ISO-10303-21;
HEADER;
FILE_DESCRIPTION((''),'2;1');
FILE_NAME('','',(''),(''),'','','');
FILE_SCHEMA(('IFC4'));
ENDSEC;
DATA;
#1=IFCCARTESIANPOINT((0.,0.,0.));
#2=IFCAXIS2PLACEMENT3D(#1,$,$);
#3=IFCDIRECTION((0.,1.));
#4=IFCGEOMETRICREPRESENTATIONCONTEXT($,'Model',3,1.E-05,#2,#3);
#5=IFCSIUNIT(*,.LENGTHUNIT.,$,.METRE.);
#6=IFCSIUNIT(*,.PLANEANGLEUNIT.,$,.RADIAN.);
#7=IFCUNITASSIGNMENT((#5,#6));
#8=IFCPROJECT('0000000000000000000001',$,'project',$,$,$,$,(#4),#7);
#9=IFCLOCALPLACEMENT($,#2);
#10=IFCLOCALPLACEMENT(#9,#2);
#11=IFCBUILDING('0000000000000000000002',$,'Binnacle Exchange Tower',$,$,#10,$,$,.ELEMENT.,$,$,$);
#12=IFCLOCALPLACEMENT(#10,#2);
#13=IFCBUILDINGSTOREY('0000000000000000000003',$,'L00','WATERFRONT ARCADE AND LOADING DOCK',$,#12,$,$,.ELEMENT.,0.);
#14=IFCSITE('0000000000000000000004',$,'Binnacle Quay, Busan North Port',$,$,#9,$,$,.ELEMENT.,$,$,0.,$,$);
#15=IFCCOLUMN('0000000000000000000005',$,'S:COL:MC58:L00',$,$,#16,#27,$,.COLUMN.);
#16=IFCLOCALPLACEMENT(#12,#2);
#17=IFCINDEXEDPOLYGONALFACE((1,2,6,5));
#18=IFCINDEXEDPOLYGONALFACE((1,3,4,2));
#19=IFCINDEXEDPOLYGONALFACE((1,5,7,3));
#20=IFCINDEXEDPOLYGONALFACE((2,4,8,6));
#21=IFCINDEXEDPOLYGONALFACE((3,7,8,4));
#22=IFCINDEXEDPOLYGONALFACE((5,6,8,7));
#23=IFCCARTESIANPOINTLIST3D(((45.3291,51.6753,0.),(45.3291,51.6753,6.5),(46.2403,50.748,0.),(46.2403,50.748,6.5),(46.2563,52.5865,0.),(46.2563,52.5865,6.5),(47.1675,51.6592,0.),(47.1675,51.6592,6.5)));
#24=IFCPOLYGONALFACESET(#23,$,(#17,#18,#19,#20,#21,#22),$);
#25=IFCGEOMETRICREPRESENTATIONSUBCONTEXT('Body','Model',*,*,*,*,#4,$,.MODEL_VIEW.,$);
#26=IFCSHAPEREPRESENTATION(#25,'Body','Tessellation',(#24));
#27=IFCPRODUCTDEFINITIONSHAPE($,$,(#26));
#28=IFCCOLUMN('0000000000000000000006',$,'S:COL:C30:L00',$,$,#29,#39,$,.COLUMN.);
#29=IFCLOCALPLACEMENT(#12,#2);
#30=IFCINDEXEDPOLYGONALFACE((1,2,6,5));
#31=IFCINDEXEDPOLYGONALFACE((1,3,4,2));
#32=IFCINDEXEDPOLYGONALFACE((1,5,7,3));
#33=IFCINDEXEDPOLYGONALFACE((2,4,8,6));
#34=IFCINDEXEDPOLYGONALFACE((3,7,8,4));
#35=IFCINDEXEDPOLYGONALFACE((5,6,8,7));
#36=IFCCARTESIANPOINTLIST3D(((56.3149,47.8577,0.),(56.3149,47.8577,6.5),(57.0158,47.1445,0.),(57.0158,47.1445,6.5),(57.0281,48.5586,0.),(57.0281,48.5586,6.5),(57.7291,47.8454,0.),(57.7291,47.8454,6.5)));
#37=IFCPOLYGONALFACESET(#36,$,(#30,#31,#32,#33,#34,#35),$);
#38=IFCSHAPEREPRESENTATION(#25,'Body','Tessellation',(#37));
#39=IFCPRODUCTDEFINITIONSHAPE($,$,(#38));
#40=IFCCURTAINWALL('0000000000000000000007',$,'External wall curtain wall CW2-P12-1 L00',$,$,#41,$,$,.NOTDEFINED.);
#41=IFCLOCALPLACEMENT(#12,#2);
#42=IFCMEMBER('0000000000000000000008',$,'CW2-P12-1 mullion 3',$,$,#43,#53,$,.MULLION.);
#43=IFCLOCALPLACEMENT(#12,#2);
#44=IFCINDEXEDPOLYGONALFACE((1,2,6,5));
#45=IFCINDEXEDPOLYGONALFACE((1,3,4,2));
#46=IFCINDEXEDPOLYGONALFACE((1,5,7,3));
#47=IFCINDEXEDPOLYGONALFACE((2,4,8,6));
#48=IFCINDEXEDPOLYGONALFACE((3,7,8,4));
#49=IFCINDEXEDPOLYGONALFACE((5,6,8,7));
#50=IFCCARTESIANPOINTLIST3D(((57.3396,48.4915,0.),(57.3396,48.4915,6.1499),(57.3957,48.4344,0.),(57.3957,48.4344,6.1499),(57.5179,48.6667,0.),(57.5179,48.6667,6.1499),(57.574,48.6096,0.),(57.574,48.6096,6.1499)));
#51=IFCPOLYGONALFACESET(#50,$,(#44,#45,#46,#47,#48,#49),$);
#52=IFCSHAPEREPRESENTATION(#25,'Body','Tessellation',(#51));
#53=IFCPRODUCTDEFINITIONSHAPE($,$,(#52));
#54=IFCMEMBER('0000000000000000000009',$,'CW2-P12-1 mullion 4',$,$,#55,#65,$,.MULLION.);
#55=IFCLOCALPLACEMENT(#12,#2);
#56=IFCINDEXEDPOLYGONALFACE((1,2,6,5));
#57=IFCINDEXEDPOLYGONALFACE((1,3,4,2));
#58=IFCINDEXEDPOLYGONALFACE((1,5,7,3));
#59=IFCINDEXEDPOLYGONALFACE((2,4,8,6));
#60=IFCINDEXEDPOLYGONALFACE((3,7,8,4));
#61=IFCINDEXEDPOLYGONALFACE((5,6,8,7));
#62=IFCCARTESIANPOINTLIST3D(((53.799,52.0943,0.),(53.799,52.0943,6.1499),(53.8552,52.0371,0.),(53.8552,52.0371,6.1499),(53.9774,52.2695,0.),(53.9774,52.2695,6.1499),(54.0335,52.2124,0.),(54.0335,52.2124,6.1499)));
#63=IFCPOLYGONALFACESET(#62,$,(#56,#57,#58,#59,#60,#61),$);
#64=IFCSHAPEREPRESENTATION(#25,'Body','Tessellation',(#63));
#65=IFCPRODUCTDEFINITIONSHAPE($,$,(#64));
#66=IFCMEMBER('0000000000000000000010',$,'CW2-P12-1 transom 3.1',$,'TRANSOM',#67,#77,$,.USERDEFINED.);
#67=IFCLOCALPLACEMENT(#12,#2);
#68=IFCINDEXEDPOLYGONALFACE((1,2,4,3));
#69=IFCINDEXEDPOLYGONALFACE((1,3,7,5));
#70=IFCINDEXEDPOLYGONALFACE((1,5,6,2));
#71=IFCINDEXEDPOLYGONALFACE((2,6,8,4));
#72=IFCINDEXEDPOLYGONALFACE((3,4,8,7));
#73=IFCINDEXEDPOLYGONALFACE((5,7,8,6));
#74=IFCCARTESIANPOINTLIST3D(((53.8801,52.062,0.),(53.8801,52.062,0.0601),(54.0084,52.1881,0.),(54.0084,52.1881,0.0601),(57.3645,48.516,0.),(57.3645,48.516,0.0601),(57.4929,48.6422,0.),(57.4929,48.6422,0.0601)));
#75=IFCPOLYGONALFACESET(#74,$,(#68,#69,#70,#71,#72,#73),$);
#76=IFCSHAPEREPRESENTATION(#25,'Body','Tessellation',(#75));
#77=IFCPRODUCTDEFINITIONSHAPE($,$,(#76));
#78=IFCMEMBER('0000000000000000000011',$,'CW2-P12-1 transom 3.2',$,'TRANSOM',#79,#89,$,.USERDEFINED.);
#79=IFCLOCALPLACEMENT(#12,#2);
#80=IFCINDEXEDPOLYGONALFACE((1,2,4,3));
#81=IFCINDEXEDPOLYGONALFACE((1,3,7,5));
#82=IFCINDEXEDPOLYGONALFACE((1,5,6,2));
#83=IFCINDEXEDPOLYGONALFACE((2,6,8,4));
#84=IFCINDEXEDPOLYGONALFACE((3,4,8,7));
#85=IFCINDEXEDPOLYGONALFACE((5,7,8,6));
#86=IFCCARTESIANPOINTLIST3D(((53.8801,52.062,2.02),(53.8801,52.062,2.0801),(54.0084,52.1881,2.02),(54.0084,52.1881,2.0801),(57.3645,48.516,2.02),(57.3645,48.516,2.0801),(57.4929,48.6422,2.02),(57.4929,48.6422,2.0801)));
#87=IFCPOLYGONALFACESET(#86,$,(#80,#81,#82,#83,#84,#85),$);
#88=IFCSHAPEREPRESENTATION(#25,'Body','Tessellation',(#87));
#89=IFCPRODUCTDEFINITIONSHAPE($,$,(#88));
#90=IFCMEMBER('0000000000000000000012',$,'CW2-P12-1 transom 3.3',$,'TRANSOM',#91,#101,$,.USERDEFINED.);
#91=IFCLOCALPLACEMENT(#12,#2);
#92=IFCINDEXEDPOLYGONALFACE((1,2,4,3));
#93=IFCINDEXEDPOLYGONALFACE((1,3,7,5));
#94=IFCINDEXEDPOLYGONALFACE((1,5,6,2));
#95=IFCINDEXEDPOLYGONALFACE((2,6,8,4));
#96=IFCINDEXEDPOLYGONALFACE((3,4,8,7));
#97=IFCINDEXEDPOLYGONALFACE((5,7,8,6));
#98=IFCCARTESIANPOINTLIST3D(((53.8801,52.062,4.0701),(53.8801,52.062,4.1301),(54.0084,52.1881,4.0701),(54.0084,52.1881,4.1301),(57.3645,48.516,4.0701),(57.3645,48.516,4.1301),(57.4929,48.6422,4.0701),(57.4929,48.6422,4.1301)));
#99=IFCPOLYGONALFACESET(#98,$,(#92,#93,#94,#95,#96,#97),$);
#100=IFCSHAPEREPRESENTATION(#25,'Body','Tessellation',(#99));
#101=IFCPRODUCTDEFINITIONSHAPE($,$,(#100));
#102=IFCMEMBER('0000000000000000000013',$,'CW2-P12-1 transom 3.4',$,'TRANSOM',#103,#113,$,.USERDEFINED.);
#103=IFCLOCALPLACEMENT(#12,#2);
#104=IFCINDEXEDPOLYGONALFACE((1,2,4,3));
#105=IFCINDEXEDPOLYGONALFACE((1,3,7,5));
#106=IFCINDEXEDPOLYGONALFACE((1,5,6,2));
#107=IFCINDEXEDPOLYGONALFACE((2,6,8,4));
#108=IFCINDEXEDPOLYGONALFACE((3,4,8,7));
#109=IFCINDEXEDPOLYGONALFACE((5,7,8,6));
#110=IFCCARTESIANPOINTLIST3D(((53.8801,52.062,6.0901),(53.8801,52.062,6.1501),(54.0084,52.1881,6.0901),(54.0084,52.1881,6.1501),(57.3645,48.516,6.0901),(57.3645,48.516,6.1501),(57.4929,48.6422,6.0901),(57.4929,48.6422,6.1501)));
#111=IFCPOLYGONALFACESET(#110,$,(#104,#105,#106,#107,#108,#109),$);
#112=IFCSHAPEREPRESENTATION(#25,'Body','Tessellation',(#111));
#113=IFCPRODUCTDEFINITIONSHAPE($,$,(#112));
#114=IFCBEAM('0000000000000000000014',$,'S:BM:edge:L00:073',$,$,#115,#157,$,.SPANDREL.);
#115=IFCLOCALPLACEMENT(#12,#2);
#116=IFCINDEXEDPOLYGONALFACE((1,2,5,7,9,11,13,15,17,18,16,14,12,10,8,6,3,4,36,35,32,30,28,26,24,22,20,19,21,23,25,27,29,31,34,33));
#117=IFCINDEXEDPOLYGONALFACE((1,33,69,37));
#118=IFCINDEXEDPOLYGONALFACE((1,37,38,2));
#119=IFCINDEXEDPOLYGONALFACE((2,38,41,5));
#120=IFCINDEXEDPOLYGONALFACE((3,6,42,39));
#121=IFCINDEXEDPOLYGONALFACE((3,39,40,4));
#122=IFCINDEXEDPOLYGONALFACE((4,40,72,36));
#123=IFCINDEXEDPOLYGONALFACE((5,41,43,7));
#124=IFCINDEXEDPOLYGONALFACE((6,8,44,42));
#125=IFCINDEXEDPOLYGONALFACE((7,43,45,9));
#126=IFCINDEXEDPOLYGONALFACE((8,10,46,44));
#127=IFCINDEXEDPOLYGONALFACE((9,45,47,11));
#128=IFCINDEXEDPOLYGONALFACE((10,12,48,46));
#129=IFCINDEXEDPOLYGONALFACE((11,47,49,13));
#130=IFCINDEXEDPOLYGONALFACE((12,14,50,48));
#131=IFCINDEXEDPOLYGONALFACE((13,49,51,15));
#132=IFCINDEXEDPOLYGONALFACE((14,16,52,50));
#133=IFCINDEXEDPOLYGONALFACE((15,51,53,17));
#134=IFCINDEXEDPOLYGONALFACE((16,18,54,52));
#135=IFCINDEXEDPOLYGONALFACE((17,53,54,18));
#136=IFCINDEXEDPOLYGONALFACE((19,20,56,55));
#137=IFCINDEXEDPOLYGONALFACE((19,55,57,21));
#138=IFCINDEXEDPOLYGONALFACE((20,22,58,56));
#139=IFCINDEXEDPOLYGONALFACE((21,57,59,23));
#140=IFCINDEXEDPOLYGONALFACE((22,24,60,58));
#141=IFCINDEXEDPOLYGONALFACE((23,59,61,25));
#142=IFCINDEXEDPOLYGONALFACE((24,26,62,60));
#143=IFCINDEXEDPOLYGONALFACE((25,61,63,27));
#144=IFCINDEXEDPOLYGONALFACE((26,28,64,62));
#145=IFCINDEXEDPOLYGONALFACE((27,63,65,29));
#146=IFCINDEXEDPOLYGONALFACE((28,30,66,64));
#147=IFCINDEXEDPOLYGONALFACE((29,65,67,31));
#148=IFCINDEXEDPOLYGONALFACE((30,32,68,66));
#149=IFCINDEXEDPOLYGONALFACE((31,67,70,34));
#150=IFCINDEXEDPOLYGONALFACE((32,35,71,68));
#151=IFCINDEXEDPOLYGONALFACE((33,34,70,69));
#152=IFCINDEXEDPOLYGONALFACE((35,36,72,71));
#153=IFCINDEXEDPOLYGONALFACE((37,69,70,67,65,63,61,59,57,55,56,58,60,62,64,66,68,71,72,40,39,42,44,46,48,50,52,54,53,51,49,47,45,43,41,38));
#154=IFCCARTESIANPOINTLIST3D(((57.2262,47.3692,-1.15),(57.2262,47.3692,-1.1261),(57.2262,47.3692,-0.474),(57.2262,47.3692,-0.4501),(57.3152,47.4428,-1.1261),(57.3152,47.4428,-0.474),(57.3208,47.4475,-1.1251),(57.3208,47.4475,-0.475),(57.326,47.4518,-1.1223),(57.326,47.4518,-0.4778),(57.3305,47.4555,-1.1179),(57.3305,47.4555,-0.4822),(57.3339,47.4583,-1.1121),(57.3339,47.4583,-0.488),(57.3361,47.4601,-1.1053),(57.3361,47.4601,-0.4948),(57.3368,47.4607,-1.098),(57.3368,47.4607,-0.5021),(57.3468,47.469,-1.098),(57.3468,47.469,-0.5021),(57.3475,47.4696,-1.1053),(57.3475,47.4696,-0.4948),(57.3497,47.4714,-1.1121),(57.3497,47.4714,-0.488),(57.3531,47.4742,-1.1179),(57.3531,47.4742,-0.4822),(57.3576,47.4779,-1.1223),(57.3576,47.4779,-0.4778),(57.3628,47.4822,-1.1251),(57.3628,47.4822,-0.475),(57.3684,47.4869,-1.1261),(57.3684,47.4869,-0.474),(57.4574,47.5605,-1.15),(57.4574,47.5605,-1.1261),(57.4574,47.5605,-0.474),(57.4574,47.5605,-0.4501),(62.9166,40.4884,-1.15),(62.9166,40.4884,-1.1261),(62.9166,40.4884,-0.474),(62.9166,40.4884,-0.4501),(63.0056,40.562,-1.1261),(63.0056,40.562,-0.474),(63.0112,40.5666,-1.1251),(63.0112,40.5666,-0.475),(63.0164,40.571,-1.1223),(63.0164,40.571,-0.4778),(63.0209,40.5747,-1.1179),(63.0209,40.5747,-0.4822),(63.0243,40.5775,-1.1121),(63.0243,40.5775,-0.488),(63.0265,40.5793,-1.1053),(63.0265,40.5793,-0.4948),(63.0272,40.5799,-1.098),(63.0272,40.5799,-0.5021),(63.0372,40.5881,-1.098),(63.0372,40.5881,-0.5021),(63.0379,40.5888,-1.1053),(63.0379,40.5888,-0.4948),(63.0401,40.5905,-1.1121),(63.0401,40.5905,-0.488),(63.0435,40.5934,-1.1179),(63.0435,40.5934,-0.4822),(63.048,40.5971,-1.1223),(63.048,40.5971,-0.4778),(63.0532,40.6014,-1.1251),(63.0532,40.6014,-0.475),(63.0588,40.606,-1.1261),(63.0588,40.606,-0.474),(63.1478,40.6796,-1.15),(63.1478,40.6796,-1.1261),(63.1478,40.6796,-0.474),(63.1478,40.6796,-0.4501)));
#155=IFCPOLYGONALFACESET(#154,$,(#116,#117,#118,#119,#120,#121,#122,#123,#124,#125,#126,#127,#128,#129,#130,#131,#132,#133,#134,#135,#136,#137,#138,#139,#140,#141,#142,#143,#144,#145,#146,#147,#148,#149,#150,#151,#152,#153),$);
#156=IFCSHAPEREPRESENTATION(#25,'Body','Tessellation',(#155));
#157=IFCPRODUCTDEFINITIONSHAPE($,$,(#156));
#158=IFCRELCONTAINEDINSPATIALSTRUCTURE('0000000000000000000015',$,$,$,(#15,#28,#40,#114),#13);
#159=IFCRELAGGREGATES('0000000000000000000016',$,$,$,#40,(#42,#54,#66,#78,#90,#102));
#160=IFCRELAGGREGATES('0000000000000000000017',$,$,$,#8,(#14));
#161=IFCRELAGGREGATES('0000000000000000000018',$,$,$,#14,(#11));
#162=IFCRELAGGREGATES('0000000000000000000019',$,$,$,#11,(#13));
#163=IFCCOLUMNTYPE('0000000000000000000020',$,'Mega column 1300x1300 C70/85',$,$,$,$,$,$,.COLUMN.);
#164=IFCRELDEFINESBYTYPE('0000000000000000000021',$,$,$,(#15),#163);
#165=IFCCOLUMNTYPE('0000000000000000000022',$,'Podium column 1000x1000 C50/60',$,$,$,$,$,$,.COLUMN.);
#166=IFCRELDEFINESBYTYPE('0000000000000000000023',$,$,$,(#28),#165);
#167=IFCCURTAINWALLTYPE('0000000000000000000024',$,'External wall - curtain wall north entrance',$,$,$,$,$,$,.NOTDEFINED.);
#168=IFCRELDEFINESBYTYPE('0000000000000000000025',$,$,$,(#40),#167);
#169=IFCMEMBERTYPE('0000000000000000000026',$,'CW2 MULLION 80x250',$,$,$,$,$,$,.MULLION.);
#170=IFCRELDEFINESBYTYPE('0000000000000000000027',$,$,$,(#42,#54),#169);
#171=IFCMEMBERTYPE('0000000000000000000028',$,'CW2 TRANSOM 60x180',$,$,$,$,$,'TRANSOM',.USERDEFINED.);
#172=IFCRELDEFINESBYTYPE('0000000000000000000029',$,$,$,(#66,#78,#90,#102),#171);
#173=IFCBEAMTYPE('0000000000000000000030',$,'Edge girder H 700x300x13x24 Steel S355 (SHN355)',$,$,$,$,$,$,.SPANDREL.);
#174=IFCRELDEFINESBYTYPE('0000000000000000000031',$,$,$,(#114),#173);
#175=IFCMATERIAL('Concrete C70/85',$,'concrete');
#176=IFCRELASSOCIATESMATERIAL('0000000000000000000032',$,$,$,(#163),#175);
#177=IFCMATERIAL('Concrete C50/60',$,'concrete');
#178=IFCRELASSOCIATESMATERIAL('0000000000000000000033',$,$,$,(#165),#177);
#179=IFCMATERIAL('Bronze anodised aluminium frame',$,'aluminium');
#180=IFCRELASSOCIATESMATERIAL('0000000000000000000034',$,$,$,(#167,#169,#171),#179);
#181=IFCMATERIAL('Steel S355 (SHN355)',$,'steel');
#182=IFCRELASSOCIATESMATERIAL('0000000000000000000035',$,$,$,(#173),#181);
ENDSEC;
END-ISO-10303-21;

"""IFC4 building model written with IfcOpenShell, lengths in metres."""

from ifc_helpers import new_model, si_unit, direction, frame, origin, origin_2d, place, context, subcontext, project, spatial, rectangle, i_section, extrude, material, material_profile, profile_set, type_object, element, aggregate, save


model = new_model("IFC4")

# Units and contexts
model_context = context("Model", 3, precision=1e-05, world=origin(), true_north=direction((0.0, 1.0)))
body_context = subcontext(model_context, "Body", "Model", "MODEL_VIEW")
ifc_project = project(units=[si_unit("LENGTHUNIT", "METRE"), si_unit("PLANEANGLEUNIT", "RADIAN")], contexts=[model_context])

# Site, building, storey
site_placement = place(None, origin())
site = spatial("IfcSite", under=ifc_project, at=site_placement, Name="Binnacle Quay, Busan North Port", CompositionType="ELEMENT", RefElevation=0.0)
building_placement = place(site_placement, origin())
building = spatial("IfcBuilding", under=site, at=building_placement, Name="Binnacle Exchange Tower", CompositionType="ELEMENT")
storey_placement = place(building_placement, origin())
storey = spatial("IfcBuildingStorey", under=building, at=storey_placement, Name="L00", Description="WATERFRONT ARCADE AND LOADING DOCK", CompositionType="ELEMENT", Elevation=0.0)

# Columns
ifc_material_1 = material(Name="Concrete C70/85", Category="concrete")
ifc_material_profile_1 = material_profile(ifc_material_1, rectangle(XDim=1.3, YDim=1.3, at=origin_2d()), Name="Mega column 1300x1300 C70/85")
ifc_profile_set_1 = profile_set([ifc_material_profile_1], Name="Concrete C70/85")
column_type_1 = type_object("IfcColumnType", Name="Mega column 1300x1300 C70/85", PredefinedType="COLUMN", material=ifc_profile_set_1)
column_1_placement = place(storey_placement, frame((46.2483, 51.6672, 0.0), z_axis=(0.0, 0.0, 1.0), x_axis=(-0.700909, 0.71325, 0.0)))
element("IfcColumn", 1, at=column_1_placement, inside=storey, type_object=column_type_1, Name="S:COL:MC58:L00", PredefinedType="COLUMN", context=body_context, shape_type="SweptSolid", body=[
    extrude(rectangle(XDim=1.3, YDim=1.3, at=origin_2d()), origin(), (0.0, 0.0, 1.0), 6.5),
])
ifc_material_2 = material(Name="Concrete C50/60", Category="concrete")
ifc_material_profile_2 = material_profile(ifc_material_2, rectangle(XDim=1.0, YDim=1.0, at=origin_2d()), Name="Podium column 1000x1000 C50/60")
ifc_profile_set_2 = profile_set([ifc_material_profile_2], Name="Concrete C50/60")
column_type_2 = type_object("IfcColumnType", Name="Podium column 1000x1000 C50/60", PredefinedType="COLUMN", material=ifc_profile_set_2)
column_2_placement = place(storey_placement, frame((57.022, 47.8516, 0.0), z_axis=(0.0, 0.0, 1.0), x_axis=(-0.700909, 0.71325, 0.0)))
element("IfcColumn", 2, at=column_2_placement, inside=storey, type_object=column_type_2, Name="S:COL:C30:L00", PredefinedType="COLUMN", context=body_context, shape_type="SweptSolid", body=[
    extrude(rectangle(XDim=1.0, YDim=1.0, at=origin_2d()), origin(), (0.0, 0.0, 1.0), 6.5),
])

# Curtain wall, members
ifc_material_3 = material(Name="Bronze anodised aluminium frame", Category="aluminium")
curtain_wall_type = type_object("IfcCurtainWallType", Name="External wall - curtain wall north entrance", PredefinedType="NOTDEFINED", material=ifc_material_3)
curtain_wall_placement = place(storey_placement, origin())
curtain_wall = element("IfcCurtainWall", 3, at=curtain_wall_placement, inside=storey, type_object=curtain_wall_type, Name="External wall curtain wall CW2-P12-1 L00", PredefinedType="NOTDEFINED")
ifc_material_profile_3 = material_profile(ifc_material_3, rectangle(XDim=0.25, YDim=0.0801, at=origin_2d()), Name="AL 80x250")
ifc_profile_set_3 = profile_set([ifc_material_profile_3], Name="Bronze anodised aluminium frame")
member_type_1 = type_object("IfcMemberType", Name="CW2 MULLION 80x250", PredefinedType="MULLION", material=ifc_profile_set_3)
member_1_placement = place(storey_placement, frame((57.4568, 48.5505, 0.0), z_axis=(0.0, 0.0, 1.0), x_axis=(-0.71325, -0.700909, 0.0)))
member_1 = element("IfcMember", 4, at=member_1_placement, type_object=member_type_1, Name="CW2-P12-1 mullion 3", PredefinedType="MULLION", context=body_context, shape_type="SweptSolid", body=[
    extrude(rectangle(XDim=0.25, YDim=0.0801, at=origin_2d()), origin(), (0.0, 0.0, 1.0), 6.1499),
])
member_2_placement = place(storey_placement, frame((53.9163, 52.1533, 0.0), z_axis=(0.0, 0.0, 1.0), x_axis=(-0.71325, -0.700909, 0.0)))
member_2 = element("IfcMember", 5, at=member_2_placement, type_object=member_type_1, Name="CW2-P12-1 mullion 4", PredefinedType="MULLION", context=body_context, shape_type="SweptSolid", body=[
    extrude(rectangle(XDim=0.25, YDim=0.0801, at=origin_2d()), origin(), (0.0, 0.0, 1.0), 6.1499),
])
ifc_material_profile_4 = material_profile(ifc_material_3, rectangle(XDim=0.1799, YDim=0.0601, at=origin_2d()), Name="AL 180x60")
ifc_profile_set_4 = profile_set([ifc_material_profile_4], Name="Bronze anodised aluminium frame")
member_type_2 = type_object("IfcMemberType", Name="CW2 TRANSOM 60x180", ElementType="TRANSOM", PredefinedType="USERDEFINED", material=ifc_profile_set_4)
member_3_placement = place(storey_placement, frame((57.4287, 48.5791, 0.03), z_axis=(-0.700892, 0.713268, 0.0), x_axis=(-0.713268, -0.700892, 0.0)))
member_3 = element("IfcMember", 6, at=member_3_placement, type_object=member_type_2, Name="CW2-P12-1 transom 3.1", ObjectType="TRANSOM", PredefinedType="USERDEFINED", context=body_context, shape_type="SweptSolid", body=[
    extrude(rectangle(XDim=0.1799, YDim=0.0601, at=origin_2d()), origin(), (0.0, 0.0, 1.0), 4.9714),
])
member_4_placement = place(storey_placement, frame((57.4287, 48.5791, 2.05), z_axis=(-0.700892, 0.713268, 0.0), x_axis=(-0.713268, -0.700892, 0.0)))
member_4 = element("IfcMember", 7, at=member_4_placement, type_object=member_type_2, Name="CW2-P12-1 transom 3.2", ObjectType="TRANSOM", PredefinedType="USERDEFINED", context=body_context, shape_type="SweptSolid", body=[
    extrude(rectangle(XDim=0.1799, YDim=0.0601, at=origin_2d()), origin(), (0.0, 0.0, 1.0), 4.9714),
])
member_5_placement = place(storey_placement, frame((57.4287, 48.5791, 4.1001), z_axis=(-0.700892, 0.713268, 0.0), x_axis=(-0.713268, -0.700892, 0.0)))
member_5 = element("IfcMember", 8, at=member_5_placement, type_object=member_type_2, Name="CW2-P12-1 transom 3.3", ObjectType="TRANSOM", PredefinedType="USERDEFINED", context=body_context, shape_type="SweptSolid", body=[
    extrude(rectangle(XDim=0.1799, YDim=0.0601, at=origin_2d()), origin(), (0.0, 0.0, 1.0), 4.9714),
])
member_6_placement = place(storey_placement, frame((57.4287, 48.5791, 6.1201), z_axis=(-0.700892, 0.713268, 0.0), x_axis=(-0.713268, -0.700892, 0.0)))
member_6 = element("IfcMember", 9, at=member_6_placement, type_object=member_type_2, Name="CW2-P12-1 transom 3.4", ObjectType="TRANSOM", PredefinedType="USERDEFINED", context=body_context, shape_type="SweptSolid", body=[
    extrude(rectangle(XDim=0.1799, YDim=0.0601, at=origin_2d()), origin(), (0.0, 0.0, 1.0), 4.9714),
])

# Beam
ifc_material_4 = material(Name="Steel S355 (SHN355)", Category="steel")
ifc_material_profile_5 = material_profile(ifc_material_4, i_section(OverallWidth=0.3, OverallDepth=0.7, WebThickness=0.0129, FlangeThickness=0.0239, FilletRadius=0.0281, at=origin_2d()), Name="H 700x300x13x24")
ifc_profile_set_5 = profile_set([ifc_material_profile_5], Name="Steel S355 (SHN355)")
beam_type_1 = type_object("IfcBeamType", Name="Edge girder H 700x300x13x24 Steel S355 (SHN355)", PredefinedType="SPANDREL", material=ifc_profile_set_5)
beam_1_placement = place(storey_placement, frame((57.3418, 47.4648, -0.8), z_axis=(0.637297, -0.770618, 0.0), x_axis=(0.770618, 0.637297, 0.0)))
element("IfcBeam", 10, at=beam_1_placement, inside=storey, type_object=beam_type_1, Name="S:BM:edge:L00:073", PredefinedType="SPANDREL", context=body_context, shape_type="SweptSolid", body=[
    extrude(i_section(OverallWidth=0.3, OverallDepth=0.7, WebThickness=0.0129, FlangeThickness=0.0239, FilletRadius=0.0281, at=origin_2d()), origin(), (0.0, 0.0, 1.0), 8.929),
])

aggregate(curtain_wall, [member_1, member_2, member_3, member_4, member_5, member_6])

save(model, "model.ifc")
